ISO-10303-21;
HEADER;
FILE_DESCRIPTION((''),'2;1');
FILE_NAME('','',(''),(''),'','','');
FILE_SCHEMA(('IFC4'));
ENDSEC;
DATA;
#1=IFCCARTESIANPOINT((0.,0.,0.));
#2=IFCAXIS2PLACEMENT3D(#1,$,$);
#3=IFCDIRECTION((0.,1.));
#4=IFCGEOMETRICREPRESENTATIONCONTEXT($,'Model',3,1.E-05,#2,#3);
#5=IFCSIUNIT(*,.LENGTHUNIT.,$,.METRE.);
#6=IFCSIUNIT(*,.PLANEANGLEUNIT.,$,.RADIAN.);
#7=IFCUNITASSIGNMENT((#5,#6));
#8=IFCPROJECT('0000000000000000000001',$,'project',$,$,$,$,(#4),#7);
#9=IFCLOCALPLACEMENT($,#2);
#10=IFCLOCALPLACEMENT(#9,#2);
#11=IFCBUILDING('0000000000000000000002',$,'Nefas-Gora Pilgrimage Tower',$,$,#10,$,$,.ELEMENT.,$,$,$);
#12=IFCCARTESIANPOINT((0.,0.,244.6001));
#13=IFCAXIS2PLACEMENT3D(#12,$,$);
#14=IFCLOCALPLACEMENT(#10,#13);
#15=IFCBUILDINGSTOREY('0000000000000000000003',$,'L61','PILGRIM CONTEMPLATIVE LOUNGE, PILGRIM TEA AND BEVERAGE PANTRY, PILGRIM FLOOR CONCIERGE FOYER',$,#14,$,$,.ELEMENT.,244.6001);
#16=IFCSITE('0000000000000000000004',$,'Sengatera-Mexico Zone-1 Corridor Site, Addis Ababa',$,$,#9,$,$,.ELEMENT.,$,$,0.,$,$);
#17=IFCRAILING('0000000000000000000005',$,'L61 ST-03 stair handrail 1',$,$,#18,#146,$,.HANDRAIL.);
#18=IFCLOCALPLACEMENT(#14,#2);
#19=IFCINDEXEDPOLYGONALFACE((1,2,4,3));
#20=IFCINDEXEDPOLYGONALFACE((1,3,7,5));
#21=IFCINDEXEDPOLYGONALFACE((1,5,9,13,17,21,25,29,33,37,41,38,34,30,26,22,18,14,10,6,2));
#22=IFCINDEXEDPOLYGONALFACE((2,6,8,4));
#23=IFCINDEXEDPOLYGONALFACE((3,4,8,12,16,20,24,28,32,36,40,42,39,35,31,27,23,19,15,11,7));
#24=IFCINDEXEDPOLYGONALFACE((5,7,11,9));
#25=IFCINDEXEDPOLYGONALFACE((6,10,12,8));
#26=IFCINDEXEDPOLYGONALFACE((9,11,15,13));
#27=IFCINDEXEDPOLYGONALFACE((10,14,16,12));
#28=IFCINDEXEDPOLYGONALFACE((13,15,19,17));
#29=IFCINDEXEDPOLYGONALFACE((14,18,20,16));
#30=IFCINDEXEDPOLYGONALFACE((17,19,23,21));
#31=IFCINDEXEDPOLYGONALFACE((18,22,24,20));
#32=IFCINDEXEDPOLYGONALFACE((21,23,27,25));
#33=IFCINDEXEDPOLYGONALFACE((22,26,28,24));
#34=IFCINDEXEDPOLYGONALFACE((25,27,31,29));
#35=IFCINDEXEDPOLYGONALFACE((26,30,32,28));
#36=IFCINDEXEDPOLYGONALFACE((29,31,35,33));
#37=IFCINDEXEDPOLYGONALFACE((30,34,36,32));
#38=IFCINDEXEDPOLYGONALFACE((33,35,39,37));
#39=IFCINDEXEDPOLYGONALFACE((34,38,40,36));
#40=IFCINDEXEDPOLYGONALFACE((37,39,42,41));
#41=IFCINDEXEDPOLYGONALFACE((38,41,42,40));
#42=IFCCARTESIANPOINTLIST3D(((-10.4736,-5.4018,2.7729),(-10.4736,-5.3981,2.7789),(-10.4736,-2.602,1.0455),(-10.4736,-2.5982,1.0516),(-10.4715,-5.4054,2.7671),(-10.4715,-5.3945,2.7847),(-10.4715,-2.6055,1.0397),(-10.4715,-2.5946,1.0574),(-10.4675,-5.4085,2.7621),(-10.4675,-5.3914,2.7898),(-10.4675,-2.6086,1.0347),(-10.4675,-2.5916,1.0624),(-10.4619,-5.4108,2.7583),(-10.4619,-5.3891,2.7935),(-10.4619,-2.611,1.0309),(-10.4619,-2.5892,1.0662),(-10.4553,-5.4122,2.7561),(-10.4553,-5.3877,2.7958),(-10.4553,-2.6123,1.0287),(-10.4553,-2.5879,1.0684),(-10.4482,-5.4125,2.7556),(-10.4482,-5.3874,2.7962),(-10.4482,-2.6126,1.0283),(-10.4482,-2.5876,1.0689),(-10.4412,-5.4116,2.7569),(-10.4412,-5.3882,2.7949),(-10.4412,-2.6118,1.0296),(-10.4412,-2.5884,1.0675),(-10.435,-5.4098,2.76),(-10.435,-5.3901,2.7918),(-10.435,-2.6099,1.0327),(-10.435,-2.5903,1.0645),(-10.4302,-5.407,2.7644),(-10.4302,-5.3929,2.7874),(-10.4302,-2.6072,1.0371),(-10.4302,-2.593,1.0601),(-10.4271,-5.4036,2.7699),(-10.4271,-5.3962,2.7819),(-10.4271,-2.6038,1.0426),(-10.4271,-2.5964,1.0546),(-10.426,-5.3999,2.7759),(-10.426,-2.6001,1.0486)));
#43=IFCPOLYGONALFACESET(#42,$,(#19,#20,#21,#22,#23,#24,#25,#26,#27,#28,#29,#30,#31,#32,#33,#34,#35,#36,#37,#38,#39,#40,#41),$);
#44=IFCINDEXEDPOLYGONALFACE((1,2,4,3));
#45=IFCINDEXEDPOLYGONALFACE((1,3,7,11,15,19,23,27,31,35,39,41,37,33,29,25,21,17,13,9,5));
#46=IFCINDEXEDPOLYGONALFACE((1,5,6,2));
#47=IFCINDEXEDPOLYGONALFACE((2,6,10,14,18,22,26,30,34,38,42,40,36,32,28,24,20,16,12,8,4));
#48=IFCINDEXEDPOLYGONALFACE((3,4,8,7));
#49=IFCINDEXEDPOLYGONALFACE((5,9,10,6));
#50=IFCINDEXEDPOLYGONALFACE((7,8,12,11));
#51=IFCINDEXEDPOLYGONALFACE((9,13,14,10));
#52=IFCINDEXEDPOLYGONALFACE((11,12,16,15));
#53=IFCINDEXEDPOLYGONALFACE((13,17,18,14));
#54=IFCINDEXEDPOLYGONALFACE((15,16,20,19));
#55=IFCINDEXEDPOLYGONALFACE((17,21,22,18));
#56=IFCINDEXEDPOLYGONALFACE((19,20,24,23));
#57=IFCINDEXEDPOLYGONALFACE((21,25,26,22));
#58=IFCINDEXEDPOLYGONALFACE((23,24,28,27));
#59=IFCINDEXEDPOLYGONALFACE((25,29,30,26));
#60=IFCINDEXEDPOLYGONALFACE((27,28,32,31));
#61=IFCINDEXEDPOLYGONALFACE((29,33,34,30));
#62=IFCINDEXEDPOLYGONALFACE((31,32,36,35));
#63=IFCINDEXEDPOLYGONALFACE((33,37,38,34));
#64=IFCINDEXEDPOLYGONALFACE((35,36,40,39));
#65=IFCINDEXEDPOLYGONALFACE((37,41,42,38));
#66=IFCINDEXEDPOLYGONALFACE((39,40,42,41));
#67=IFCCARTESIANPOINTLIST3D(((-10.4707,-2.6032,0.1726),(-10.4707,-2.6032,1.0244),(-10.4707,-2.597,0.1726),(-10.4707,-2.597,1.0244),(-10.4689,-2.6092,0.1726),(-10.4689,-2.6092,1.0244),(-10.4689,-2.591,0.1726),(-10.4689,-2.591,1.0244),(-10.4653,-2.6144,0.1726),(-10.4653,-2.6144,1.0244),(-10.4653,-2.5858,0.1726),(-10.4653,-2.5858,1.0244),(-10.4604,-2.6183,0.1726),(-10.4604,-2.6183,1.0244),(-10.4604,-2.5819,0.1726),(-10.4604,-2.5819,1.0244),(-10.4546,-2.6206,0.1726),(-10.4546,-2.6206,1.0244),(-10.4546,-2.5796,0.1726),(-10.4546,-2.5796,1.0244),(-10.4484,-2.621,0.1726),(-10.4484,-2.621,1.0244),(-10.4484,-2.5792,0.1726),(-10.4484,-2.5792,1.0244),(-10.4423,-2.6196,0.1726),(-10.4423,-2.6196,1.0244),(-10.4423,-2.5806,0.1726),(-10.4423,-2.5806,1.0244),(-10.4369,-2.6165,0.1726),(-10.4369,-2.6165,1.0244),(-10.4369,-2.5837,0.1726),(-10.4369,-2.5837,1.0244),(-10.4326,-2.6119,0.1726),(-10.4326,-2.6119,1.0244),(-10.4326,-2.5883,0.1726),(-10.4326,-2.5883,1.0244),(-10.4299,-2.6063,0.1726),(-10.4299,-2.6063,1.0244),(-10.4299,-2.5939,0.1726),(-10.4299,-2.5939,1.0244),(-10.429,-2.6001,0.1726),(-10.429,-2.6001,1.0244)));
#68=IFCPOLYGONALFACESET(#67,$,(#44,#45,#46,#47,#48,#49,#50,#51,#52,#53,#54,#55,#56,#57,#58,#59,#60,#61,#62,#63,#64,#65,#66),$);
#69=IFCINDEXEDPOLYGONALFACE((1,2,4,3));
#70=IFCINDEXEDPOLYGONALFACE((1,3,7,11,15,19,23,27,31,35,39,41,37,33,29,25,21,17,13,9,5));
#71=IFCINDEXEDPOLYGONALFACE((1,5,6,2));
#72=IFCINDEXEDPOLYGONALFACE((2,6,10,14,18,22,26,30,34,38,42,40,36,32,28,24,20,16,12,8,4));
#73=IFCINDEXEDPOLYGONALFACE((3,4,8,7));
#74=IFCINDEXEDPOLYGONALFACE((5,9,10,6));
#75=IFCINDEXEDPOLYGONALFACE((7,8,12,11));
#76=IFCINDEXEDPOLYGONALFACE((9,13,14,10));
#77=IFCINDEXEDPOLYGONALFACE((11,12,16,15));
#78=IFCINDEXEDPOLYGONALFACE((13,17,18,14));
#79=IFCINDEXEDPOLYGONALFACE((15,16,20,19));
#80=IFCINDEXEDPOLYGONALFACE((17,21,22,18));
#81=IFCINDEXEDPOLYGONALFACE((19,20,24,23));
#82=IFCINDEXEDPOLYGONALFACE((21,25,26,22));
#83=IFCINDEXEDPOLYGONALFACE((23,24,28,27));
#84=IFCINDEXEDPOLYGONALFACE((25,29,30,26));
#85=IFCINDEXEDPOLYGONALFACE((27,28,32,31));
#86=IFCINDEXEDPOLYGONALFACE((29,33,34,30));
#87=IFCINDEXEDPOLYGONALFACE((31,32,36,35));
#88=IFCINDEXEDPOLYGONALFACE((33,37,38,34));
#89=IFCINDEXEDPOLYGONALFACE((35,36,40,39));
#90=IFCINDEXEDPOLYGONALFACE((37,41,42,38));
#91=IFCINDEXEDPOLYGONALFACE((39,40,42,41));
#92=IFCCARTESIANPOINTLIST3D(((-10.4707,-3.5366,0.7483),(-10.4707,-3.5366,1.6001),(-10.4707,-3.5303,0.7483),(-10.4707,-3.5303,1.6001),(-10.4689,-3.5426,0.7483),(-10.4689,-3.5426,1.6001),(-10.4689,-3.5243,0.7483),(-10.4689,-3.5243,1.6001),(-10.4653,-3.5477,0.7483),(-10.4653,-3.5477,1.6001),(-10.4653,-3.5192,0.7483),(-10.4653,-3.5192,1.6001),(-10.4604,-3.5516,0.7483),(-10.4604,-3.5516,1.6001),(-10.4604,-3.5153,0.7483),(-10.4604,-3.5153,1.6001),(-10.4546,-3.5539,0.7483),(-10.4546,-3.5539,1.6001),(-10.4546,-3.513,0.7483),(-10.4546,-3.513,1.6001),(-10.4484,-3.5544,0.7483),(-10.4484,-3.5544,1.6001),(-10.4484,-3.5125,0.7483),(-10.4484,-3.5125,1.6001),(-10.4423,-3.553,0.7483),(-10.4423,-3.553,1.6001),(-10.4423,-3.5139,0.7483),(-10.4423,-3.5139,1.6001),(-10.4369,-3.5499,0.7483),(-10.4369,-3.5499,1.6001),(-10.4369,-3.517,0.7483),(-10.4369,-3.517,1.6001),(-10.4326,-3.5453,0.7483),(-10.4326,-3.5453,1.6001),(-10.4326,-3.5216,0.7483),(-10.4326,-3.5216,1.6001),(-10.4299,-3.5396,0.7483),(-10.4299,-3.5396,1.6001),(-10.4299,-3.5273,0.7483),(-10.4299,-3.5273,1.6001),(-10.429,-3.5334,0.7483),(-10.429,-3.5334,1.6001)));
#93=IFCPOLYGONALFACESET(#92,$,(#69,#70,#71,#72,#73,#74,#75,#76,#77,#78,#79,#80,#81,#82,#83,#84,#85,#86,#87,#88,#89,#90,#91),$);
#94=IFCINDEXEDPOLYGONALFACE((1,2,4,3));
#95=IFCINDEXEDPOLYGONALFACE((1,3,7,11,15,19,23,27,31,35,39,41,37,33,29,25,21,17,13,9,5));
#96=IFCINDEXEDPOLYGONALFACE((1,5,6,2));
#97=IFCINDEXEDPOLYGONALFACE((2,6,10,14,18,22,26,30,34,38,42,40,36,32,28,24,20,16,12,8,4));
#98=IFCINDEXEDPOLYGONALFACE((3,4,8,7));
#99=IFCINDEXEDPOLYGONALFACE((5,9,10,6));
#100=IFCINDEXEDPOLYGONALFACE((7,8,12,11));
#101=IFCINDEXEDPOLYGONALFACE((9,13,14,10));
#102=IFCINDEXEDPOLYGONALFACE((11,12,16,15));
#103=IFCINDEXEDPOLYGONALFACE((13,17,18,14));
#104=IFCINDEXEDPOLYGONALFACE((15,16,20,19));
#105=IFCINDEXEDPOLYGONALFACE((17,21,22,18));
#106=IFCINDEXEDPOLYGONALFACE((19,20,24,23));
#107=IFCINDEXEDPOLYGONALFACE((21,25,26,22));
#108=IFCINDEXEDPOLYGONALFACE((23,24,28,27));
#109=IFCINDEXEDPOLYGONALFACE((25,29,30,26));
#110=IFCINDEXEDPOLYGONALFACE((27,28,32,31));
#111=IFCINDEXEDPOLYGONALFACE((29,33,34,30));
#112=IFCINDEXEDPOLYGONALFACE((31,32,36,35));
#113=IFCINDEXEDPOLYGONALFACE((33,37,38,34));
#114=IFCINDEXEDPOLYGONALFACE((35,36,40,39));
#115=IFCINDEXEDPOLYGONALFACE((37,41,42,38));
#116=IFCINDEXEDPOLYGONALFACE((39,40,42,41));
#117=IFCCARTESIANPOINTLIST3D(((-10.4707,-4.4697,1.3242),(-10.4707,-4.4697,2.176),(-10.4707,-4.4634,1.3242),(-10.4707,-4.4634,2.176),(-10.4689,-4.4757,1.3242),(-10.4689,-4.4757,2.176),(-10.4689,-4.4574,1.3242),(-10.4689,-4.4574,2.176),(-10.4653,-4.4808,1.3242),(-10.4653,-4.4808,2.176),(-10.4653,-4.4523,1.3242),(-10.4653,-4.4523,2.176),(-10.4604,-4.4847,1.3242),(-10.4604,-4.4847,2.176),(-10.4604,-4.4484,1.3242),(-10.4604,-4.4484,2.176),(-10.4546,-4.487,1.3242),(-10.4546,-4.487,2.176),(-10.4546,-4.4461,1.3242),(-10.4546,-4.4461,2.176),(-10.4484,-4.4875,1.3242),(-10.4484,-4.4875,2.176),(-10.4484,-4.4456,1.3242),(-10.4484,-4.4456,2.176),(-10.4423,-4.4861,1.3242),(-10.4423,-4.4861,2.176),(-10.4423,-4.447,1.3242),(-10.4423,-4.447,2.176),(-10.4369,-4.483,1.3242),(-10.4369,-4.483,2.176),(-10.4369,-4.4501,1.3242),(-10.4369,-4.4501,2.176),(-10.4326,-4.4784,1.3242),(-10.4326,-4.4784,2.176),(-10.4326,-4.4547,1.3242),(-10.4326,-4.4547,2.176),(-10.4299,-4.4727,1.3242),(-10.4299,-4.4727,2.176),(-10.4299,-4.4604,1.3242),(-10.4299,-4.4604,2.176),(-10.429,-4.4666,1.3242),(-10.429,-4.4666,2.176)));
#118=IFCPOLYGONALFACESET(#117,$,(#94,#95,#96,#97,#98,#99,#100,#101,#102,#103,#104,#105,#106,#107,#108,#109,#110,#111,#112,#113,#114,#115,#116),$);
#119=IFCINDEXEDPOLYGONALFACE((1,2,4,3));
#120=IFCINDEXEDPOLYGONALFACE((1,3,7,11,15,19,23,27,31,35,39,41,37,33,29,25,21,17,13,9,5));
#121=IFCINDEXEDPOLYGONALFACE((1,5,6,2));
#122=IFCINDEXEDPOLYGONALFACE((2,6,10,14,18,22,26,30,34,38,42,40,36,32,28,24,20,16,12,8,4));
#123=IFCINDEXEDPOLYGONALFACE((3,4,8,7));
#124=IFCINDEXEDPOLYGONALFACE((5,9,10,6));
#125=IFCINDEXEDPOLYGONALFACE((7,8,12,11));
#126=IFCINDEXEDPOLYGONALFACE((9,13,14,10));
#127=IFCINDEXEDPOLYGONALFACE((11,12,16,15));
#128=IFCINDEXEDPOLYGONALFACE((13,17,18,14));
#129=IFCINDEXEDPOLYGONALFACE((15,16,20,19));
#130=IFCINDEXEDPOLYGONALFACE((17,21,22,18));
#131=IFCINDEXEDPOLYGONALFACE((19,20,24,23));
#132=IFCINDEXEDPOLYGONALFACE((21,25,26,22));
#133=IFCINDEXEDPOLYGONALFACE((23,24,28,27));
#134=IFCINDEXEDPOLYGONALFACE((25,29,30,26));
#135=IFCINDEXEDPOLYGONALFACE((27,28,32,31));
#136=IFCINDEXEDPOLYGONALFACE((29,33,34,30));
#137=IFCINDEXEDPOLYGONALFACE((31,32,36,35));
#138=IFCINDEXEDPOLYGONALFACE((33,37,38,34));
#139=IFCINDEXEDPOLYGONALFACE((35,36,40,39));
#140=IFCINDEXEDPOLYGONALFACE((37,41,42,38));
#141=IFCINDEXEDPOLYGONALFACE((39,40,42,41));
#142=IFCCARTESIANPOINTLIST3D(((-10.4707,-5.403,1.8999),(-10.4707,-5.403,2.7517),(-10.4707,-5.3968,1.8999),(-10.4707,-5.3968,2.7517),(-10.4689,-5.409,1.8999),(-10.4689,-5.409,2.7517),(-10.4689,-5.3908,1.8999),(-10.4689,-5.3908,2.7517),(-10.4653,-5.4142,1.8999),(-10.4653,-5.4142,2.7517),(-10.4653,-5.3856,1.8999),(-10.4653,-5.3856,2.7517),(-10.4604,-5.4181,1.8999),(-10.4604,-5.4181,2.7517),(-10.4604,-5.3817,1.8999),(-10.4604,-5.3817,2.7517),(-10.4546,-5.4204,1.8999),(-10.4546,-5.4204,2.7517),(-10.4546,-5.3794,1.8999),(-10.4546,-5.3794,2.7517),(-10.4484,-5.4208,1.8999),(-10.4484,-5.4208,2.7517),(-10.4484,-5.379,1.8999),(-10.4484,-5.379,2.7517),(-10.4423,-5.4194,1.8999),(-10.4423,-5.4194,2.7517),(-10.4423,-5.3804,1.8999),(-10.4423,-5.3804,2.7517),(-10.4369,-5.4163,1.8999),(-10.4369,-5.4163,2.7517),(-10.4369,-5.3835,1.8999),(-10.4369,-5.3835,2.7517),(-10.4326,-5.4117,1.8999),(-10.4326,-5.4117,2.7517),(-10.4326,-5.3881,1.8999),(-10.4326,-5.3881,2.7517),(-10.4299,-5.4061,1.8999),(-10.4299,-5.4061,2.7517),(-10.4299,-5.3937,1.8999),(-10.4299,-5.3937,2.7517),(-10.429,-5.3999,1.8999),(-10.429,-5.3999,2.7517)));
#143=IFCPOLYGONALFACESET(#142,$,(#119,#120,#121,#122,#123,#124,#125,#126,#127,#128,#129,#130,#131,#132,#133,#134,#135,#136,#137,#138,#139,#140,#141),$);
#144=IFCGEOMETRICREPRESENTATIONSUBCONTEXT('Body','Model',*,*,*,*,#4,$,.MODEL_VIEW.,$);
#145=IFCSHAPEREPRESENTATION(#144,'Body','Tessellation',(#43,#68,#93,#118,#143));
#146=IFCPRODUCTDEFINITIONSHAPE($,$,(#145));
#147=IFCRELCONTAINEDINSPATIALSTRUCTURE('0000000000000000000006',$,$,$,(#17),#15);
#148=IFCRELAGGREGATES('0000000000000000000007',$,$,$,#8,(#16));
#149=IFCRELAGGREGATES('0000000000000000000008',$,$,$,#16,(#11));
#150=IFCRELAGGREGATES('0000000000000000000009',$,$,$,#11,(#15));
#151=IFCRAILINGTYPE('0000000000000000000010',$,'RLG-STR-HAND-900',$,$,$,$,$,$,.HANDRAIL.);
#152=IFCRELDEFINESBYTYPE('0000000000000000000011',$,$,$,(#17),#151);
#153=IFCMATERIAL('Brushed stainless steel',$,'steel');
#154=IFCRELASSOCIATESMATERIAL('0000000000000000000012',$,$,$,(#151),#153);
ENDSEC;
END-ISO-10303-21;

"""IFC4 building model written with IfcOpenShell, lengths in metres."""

from ifc_helpers import new_model, si_unit, direction, frame, origin, origin_2d, place, context, subcontext, project, spatial, circle, extrude, material, type_object, element, save


model = new_model("IFC4")

# Units and contexts
model_context = context("Model", 3, precision=1e-05, world=origin(), true_north=direction((0.0, 1.0)))
body_context = subcontext(model_context, "Body", "Model", "MODEL_VIEW")
ifc_project = project(units=[si_unit("LENGTHUNIT", "METRE"), si_unit("PLANEANGLEUNIT", "RADIAN")], contexts=[model_context])

# Site, building, storey
site_placement = place(None, origin())
site = spatial("IfcSite", under=ifc_project, at=site_placement, Name="Sengatera-Mexico Zone-1 Corridor Site, Addis Ababa", CompositionType="ELEMENT", RefElevation=0.0)
building_placement = place(site_placement, origin())
building = spatial("IfcBuilding", under=site, at=building_placement, Name="Nefas-Gora Pilgrimage Tower", CompositionType="ELEMENT")
storey_placement = place(building_placement, frame((0.0, 0.0, 244.6001)))
storey = spatial("IfcBuildingStorey", under=building, at=storey_placement, Name="L61", Description="PILGRIM CONTEMPLATIVE LOUNGE, PILGRIM TEA AND BEVERAGE PANTRY, PILGRIM FLOOR CONCIERGE FOYER", CompositionType="ELEMENT", Elevation=244.6001)

# Railing
ifc_material_1 = material(Name="Brushed stainless steel", Category="steel")
railing_type = type_object("IfcRailingType", Name="RLG-STR-HAND-900", PredefinedType="HANDRAIL", material=ifc_material_1)
railing_placement = place(storey_placement, frame((-10.45, -2.6001, 0.1726)))
element("IfcRailing", 1, at=railing_placement, inside=storey, type_object=railing_type, Name="L61 ST-03 stair handrail 1", PredefinedType="HANDRAIL", context=body_context, shape_type="SweptSolid", body=[
    extrude(circle(Radius=0.0239, at=origin_2d()), frame((0.0, 0.0, 0.876), z_axis=(0.0, -0.851069, 0.525054), x_axis=(1.0, 0.0, 0.0)), (0.0, 0.0, 1.0), 3.2898),
    extrude(circle(Radius=0.021, at=origin_2d()), origin(), (0.0, 0.0, 1.0), 0.8518),
    extrude(circle(Radius=0.021, at=origin_2d()), frame((0.0, -0.9333, 0.5757)), (0.0, 0.0, 1.0), 0.8518),
    extrude(circle(Radius=0.021, at=origin_2d()), frame((0.0, -1.8665, 1.1516)), (0.0, 0.0, 1.0), 0.8518),
    extrude(circle(Radius=0.021, at=origin_2d()), frame((0.0, -2.7998, 1.7273)), (0.0, 0.0, 1.0), 0.8518),
])

save(model, "model.ifc")
